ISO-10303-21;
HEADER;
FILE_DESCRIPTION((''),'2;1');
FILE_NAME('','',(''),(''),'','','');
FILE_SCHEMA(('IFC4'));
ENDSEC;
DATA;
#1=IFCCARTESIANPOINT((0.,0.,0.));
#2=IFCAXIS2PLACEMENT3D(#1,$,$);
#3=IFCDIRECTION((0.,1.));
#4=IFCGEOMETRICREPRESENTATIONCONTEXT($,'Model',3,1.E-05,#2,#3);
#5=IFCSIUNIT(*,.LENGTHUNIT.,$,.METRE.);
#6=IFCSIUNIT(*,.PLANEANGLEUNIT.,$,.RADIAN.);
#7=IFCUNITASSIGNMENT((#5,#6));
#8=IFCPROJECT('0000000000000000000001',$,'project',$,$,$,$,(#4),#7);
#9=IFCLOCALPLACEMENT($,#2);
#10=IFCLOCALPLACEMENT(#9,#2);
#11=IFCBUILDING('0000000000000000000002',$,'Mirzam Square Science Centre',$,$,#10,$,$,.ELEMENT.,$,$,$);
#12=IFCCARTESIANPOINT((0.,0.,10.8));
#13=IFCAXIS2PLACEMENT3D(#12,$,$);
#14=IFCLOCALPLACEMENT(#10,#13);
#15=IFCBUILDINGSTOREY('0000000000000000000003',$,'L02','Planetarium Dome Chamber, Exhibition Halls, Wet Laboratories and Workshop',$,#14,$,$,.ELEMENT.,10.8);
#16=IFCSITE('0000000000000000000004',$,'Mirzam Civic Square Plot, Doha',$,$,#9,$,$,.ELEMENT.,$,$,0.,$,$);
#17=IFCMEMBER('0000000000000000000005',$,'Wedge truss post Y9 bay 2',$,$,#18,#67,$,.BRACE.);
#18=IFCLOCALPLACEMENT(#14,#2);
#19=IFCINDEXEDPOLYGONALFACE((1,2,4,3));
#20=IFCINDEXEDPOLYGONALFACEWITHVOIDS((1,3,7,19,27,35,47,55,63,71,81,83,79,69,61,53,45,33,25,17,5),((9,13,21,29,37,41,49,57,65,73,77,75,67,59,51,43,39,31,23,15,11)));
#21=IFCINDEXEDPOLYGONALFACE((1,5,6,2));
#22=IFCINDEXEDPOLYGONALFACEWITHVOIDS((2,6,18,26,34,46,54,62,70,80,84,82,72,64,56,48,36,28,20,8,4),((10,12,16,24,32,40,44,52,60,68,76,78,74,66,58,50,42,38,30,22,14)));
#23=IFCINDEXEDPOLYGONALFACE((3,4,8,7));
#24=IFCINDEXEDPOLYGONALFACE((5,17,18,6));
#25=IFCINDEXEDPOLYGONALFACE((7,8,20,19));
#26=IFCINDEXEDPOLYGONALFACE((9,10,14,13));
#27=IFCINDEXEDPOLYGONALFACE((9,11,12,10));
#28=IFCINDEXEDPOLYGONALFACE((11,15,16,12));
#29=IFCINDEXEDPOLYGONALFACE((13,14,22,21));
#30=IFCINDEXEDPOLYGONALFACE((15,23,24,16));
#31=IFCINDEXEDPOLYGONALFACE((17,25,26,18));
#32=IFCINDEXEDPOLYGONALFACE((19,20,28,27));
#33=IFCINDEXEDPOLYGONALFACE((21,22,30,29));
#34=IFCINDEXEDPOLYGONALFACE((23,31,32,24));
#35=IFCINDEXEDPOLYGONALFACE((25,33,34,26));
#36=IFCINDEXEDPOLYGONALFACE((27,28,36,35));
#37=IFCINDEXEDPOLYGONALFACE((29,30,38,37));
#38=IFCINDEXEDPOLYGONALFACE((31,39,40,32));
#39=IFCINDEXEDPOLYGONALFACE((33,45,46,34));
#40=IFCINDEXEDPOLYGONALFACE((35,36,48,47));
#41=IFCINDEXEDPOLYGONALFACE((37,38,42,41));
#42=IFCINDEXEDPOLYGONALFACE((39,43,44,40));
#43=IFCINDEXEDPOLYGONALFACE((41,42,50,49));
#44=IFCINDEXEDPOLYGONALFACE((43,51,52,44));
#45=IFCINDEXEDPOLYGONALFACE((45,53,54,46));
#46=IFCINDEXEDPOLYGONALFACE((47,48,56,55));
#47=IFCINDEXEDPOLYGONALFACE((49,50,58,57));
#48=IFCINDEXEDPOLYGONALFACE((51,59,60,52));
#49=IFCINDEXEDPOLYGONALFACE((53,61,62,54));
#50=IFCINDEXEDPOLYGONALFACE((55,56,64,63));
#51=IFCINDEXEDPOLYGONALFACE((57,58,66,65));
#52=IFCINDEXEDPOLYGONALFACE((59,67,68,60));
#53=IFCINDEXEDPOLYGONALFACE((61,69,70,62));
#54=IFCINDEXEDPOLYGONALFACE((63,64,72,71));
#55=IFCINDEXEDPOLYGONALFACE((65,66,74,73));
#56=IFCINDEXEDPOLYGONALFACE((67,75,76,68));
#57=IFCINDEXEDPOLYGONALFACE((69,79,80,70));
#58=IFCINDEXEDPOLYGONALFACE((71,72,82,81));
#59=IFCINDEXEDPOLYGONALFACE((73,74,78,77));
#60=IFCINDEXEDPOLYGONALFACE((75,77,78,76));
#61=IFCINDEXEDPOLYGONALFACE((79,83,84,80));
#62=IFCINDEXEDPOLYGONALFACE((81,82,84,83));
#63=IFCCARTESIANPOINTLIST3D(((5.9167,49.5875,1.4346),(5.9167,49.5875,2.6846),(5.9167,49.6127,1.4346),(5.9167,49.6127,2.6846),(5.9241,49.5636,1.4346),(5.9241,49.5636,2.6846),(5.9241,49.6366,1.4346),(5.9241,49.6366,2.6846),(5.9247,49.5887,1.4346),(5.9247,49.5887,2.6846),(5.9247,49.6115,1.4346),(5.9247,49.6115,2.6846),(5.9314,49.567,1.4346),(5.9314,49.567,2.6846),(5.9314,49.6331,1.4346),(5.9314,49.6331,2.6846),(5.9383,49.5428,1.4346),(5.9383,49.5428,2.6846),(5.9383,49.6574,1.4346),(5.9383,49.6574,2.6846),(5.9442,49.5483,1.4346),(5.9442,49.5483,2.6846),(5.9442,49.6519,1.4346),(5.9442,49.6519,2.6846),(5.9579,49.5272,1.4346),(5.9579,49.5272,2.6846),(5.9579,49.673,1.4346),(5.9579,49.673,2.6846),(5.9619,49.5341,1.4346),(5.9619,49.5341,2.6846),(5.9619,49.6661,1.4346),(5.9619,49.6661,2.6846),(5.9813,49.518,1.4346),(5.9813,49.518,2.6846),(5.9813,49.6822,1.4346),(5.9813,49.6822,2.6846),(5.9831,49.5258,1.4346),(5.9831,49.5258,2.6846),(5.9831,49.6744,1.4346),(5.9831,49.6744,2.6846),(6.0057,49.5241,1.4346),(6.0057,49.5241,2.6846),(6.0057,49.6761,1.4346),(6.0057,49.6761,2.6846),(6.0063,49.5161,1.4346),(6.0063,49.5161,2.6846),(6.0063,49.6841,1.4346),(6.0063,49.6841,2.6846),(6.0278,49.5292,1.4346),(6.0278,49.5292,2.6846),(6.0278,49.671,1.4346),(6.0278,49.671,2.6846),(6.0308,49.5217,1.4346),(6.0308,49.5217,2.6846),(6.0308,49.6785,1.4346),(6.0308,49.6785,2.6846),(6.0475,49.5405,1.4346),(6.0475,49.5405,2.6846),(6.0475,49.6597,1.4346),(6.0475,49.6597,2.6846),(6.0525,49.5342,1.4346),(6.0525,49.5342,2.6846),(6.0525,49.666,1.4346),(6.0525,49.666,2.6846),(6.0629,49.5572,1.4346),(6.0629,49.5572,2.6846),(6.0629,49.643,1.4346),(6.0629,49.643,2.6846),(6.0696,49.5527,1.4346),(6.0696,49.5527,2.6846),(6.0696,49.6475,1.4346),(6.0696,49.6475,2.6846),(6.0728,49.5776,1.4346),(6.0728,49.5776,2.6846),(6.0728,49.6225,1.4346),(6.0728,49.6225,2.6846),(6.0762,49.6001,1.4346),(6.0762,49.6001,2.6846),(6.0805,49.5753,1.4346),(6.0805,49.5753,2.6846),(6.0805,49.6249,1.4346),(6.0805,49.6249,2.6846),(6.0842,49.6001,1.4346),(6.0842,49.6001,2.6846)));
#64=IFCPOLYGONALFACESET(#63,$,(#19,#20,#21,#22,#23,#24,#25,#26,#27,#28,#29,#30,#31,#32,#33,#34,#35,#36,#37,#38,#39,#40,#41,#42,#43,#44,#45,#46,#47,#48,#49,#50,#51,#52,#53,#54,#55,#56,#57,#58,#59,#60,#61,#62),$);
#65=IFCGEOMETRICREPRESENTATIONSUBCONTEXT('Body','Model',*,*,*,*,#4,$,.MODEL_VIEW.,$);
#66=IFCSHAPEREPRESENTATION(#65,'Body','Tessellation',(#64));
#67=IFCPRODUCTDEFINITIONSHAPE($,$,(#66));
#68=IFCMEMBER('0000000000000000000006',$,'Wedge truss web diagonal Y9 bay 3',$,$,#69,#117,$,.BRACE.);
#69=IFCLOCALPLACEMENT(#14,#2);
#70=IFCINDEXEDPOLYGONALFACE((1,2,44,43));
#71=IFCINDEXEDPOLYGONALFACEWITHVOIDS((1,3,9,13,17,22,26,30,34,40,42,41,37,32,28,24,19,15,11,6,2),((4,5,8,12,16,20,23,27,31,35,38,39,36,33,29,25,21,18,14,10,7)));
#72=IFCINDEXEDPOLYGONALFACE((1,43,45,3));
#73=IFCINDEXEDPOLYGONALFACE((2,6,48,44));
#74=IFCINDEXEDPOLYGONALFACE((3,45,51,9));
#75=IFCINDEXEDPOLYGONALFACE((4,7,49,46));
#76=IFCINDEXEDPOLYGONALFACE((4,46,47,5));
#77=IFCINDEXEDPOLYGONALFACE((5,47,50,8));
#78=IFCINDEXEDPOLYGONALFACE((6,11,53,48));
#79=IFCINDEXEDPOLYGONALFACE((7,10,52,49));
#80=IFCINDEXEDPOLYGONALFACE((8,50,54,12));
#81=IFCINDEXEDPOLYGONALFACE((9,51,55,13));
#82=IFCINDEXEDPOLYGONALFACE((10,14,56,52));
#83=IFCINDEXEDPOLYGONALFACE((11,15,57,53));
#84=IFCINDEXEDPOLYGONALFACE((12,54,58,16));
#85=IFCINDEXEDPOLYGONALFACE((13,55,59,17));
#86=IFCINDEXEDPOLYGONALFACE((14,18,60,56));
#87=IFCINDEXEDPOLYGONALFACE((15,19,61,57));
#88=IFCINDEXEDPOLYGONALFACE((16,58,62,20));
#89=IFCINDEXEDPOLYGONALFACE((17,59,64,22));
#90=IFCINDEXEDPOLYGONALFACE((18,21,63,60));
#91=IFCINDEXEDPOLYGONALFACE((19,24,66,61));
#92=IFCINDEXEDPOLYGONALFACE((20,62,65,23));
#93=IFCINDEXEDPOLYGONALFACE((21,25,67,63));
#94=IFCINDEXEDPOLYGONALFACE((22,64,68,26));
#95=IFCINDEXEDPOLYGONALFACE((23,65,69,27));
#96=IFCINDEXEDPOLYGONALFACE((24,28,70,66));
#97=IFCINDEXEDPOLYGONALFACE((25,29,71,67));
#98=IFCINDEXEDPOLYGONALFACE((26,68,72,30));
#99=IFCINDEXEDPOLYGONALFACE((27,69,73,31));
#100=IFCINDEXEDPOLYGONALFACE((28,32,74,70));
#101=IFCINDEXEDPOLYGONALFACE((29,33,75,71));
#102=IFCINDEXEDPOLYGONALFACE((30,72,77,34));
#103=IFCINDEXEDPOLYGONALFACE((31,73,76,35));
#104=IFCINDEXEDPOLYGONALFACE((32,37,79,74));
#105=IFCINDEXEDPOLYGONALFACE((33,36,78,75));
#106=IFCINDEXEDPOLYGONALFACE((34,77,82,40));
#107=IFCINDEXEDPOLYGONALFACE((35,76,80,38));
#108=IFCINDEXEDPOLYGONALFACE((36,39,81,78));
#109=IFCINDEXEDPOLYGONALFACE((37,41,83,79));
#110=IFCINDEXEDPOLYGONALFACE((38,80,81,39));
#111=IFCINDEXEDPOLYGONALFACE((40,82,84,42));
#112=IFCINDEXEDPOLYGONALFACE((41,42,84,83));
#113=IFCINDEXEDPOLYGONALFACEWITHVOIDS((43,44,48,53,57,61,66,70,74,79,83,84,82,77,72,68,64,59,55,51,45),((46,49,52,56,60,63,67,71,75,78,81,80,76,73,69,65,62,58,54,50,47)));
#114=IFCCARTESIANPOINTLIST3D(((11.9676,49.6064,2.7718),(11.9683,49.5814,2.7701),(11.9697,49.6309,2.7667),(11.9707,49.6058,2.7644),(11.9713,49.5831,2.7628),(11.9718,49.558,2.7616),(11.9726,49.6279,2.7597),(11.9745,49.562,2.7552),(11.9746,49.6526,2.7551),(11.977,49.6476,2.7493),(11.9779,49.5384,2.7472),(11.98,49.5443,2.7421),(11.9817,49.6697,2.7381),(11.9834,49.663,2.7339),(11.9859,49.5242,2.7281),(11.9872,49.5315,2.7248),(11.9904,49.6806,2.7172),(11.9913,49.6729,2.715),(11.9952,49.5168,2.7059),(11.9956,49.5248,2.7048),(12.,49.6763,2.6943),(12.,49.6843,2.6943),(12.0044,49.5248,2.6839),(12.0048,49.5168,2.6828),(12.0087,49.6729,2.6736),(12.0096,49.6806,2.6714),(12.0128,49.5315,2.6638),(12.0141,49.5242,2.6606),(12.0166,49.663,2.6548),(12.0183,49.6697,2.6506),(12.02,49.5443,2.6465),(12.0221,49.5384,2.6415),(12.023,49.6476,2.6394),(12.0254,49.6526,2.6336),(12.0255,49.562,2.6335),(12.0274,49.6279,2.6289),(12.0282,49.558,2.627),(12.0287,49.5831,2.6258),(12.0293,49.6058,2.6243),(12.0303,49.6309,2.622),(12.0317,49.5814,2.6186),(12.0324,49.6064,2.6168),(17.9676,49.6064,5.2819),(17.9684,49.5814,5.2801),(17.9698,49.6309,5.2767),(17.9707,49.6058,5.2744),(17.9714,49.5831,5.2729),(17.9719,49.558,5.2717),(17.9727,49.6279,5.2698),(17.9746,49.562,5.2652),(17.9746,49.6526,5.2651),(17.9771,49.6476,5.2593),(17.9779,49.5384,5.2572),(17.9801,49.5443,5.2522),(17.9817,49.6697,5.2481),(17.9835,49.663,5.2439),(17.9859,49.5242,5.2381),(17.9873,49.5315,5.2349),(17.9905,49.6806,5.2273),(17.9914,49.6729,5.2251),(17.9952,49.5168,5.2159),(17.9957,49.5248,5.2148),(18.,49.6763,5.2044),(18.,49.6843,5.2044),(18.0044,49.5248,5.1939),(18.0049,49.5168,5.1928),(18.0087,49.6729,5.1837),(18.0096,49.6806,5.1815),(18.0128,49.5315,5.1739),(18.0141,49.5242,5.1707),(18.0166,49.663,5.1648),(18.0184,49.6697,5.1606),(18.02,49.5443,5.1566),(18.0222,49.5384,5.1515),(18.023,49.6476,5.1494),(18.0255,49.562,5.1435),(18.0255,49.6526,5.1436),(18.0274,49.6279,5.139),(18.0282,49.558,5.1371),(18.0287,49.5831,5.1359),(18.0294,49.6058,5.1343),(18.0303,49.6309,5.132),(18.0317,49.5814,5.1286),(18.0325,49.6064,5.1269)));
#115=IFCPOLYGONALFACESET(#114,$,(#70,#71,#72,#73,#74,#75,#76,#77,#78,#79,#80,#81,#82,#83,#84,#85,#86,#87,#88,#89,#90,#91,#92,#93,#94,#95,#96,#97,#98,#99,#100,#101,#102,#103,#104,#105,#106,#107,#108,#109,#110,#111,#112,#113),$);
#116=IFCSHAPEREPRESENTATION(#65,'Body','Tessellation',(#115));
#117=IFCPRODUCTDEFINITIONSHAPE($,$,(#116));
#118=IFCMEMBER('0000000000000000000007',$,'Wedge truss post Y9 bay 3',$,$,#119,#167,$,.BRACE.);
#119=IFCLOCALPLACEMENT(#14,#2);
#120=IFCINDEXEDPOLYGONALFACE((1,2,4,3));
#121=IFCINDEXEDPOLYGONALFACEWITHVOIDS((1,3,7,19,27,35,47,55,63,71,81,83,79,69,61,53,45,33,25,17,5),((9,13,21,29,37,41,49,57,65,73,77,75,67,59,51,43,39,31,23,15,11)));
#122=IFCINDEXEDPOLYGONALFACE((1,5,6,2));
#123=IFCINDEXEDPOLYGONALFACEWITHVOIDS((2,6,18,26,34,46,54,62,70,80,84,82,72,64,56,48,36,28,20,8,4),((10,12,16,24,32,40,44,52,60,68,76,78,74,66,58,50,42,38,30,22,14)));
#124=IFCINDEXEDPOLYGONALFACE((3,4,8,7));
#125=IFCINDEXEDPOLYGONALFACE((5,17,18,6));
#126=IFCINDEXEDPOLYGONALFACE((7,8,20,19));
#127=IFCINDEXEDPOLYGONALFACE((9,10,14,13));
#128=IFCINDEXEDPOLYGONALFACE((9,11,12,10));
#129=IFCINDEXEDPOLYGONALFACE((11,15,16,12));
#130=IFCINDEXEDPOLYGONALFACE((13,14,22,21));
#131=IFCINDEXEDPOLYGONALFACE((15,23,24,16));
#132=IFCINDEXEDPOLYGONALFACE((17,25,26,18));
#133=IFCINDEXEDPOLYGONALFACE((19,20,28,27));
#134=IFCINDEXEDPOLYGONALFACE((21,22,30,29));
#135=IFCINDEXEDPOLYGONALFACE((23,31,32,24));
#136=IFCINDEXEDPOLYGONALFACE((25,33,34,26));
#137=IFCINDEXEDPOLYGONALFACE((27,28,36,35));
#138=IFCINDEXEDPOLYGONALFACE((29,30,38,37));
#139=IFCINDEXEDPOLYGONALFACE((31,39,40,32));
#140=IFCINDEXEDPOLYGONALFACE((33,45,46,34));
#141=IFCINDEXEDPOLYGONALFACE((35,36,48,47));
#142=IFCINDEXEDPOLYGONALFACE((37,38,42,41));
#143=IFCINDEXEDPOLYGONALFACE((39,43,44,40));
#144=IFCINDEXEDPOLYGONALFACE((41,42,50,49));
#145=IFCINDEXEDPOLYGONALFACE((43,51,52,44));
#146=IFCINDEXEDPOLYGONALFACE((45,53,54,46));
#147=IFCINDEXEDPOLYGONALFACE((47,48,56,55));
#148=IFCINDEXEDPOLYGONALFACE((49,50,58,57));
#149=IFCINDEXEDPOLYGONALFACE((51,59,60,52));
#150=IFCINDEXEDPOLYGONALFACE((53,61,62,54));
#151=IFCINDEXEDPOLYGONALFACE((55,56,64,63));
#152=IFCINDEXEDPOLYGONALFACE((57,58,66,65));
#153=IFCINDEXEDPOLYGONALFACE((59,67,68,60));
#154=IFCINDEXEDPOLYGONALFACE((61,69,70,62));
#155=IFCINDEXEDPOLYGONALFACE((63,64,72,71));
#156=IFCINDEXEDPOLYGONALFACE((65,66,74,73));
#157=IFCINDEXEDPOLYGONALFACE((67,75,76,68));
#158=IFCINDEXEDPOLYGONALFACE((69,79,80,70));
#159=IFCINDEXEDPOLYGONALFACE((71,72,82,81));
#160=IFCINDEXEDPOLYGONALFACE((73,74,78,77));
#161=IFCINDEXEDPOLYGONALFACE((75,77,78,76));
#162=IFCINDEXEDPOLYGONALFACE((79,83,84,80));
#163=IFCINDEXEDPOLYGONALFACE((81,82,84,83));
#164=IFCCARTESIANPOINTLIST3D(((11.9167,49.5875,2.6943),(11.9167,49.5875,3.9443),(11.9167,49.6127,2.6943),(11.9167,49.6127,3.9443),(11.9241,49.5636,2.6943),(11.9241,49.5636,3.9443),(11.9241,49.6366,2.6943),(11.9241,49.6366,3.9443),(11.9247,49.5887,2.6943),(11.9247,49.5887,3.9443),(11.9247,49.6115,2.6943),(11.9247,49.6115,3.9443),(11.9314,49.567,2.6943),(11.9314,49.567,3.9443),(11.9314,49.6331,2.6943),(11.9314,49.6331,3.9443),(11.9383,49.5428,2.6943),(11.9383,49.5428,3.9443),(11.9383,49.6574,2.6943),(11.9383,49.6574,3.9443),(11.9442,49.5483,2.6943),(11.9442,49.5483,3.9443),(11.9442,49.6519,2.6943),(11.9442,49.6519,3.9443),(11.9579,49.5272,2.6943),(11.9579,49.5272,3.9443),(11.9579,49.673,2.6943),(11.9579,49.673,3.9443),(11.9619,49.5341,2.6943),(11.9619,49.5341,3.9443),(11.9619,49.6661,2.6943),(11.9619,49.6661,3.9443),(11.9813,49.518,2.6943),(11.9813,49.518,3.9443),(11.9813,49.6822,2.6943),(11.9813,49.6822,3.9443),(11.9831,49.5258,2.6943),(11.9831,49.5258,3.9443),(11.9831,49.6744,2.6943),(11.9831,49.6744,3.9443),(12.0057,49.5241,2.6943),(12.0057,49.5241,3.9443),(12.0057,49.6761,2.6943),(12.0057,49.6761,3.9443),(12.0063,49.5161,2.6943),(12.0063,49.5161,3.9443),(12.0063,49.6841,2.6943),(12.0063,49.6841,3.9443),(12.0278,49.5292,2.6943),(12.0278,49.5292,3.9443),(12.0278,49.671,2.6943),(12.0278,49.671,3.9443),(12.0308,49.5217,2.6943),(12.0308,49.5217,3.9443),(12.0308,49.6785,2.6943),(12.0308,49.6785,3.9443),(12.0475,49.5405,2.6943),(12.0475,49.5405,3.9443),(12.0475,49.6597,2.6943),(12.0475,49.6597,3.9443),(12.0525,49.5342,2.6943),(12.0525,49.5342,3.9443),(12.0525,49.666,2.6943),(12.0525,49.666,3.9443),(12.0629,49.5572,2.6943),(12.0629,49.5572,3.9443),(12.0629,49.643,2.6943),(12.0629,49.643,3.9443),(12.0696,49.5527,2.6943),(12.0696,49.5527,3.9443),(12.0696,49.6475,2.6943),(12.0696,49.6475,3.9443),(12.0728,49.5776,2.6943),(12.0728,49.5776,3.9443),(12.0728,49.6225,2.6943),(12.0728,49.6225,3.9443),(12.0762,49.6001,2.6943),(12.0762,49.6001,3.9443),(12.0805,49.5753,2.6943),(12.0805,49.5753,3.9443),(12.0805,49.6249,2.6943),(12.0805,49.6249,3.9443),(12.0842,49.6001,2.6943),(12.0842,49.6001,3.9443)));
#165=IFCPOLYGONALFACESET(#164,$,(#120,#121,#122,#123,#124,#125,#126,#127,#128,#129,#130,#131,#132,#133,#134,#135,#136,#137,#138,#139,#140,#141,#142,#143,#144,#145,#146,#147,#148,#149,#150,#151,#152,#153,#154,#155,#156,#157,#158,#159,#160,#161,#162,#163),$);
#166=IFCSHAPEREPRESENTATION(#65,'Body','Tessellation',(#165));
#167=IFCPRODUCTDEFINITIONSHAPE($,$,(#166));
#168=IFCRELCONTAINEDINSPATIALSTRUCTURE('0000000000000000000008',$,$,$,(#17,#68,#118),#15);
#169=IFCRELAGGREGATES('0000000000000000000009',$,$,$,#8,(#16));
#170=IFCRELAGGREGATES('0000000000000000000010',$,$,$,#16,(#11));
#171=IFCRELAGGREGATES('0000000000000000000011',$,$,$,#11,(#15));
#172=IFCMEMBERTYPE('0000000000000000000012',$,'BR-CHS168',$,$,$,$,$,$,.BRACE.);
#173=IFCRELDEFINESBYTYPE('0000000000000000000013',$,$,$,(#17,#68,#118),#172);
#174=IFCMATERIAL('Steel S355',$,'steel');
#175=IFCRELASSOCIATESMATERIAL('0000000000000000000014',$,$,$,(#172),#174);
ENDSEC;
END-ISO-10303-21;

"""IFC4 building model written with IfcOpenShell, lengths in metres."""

from ifc_helpers import new_model, si_unit, direction, frame, origin, origin_2d, place, context, subcontext, project, spatial, hollow_circle, extrude, material, material_profile, profile_set, type_object, element, save


model = new_model("IFC4")

# Units and contexts
model_context = context("Model", 3, precision=1e-05, world=origin(), true_north=direction((0.0, 1.0)))
body_context = subcontext(model_context, "Body", "Model", "MODEL_VIEW")
ifc_project = project(units=[si_unit("LENGTHUNIT", "METRE"), si_unit("PLANEANGLEUNIT", "RADIAN")], contexts=[model_context])

# Site, building, storey
site_placement = place(None, origin())
site = spatial("IfcSite", under=ifc_project, at=site_placement, Name="Mirzam Civic Square Plot, Doha", CompositionType="ELEMENT", RefElevation=0.0)
building_placement = place(site_placement, origin())
building = spatial("IfcBuilding", under=site, at=building_placement, Name="Mirzam Square Science Centre", CompositionType="ELEMENT")
storey_placement = place(building_placement, frame((0.0, 0.0, 10.8)))
storey = spatial("IfcBuildingStorey", under=building, at=storey_placement, Name="L02", Description="Planetarium Dome Chamber, Exhibition Halls, Wet Laboratories and Workshop", CompositionType="ELEMENT", Elevation=10.8)

# Shared definitions
ifc_material_1 = material(Name="Steel S355", Category="steel")

# Members
ifc_material_profile_1 = material_profile(ifc_material_1, hollow_circle(Radius=0.0842, WallThickness=0.0081, at=origin_2d()), Name="168.3x8.0CHS")
ifc_profile_set_1 = profile_set([ifc_material_profile_1], Name="Steel S355")
member_type_1 = type_object("IfcMemberType", Name="BR-CHS168", PredefinedType="BRACE", material=ifc_profile_set_1)
member_1_placement = place(storey_placement, frame((6.0, 49.6001, 1.4346), z_axis=(0.0, 0.0, 1.0), x_axis=(1.0, 0.0, 0.0)))
element("IfcMember", 1, at=member_1_placement, inside=storey, type_object=member_type_1, Name="Wedge truss post Y9 bay 2", PredefinedType="BRACE", context=body_context, shape_type="SweptSolid", body=[
    extrude(hollow_circle(Radius=0.0842, WallThickness=0.0081, at=origin_2d()), origin(), (0.0, 0.0, 1.0), 1.25),
])
member_2_placement = place(storey_placement, frame((12.0, 49.6001, 2.6943), z_axis=(0.92253, 0.0, 0.385926), x_axis=(0.0, 1.0, 0.0)))
element("IfcMember", 2, at=member_2_placement, inside=storey, type_object=member_type_1, Name="Wedge truss web diagonal Y9 bay 3", PredefinedType="BRACE", context=body_context, shape_type="SweptSolid", body=[
    extrude(hollow_circle(Radius=0.0842, WallThickness=0.0081, at=origin_2d()), origin(), (0.0, 0.0, 1.0), 6.5039),
])
member_3_placement = place(storey_placement, frame((12.0, 49.6001, 2.6943), z_axis=(0.0, 0.0, 1.0), x_axis=(1.0, 0.0, 0.0)))
element("IfcMember", 3, at=member_3_placement, inside=storey, type_object=member_type_1, Name="Wedge truss post Y9 bay 3", PredefinedType="BRACE", context=body_context, shape_type="SweptSolid", body=[
    extrude(hollow_circle(Radius=0.0842, WallThickness=0.0081, at=origin_2d()), origin(), (0.0, 0.0, 1.0), 1.25),
])

save(model, "model.ifc")
